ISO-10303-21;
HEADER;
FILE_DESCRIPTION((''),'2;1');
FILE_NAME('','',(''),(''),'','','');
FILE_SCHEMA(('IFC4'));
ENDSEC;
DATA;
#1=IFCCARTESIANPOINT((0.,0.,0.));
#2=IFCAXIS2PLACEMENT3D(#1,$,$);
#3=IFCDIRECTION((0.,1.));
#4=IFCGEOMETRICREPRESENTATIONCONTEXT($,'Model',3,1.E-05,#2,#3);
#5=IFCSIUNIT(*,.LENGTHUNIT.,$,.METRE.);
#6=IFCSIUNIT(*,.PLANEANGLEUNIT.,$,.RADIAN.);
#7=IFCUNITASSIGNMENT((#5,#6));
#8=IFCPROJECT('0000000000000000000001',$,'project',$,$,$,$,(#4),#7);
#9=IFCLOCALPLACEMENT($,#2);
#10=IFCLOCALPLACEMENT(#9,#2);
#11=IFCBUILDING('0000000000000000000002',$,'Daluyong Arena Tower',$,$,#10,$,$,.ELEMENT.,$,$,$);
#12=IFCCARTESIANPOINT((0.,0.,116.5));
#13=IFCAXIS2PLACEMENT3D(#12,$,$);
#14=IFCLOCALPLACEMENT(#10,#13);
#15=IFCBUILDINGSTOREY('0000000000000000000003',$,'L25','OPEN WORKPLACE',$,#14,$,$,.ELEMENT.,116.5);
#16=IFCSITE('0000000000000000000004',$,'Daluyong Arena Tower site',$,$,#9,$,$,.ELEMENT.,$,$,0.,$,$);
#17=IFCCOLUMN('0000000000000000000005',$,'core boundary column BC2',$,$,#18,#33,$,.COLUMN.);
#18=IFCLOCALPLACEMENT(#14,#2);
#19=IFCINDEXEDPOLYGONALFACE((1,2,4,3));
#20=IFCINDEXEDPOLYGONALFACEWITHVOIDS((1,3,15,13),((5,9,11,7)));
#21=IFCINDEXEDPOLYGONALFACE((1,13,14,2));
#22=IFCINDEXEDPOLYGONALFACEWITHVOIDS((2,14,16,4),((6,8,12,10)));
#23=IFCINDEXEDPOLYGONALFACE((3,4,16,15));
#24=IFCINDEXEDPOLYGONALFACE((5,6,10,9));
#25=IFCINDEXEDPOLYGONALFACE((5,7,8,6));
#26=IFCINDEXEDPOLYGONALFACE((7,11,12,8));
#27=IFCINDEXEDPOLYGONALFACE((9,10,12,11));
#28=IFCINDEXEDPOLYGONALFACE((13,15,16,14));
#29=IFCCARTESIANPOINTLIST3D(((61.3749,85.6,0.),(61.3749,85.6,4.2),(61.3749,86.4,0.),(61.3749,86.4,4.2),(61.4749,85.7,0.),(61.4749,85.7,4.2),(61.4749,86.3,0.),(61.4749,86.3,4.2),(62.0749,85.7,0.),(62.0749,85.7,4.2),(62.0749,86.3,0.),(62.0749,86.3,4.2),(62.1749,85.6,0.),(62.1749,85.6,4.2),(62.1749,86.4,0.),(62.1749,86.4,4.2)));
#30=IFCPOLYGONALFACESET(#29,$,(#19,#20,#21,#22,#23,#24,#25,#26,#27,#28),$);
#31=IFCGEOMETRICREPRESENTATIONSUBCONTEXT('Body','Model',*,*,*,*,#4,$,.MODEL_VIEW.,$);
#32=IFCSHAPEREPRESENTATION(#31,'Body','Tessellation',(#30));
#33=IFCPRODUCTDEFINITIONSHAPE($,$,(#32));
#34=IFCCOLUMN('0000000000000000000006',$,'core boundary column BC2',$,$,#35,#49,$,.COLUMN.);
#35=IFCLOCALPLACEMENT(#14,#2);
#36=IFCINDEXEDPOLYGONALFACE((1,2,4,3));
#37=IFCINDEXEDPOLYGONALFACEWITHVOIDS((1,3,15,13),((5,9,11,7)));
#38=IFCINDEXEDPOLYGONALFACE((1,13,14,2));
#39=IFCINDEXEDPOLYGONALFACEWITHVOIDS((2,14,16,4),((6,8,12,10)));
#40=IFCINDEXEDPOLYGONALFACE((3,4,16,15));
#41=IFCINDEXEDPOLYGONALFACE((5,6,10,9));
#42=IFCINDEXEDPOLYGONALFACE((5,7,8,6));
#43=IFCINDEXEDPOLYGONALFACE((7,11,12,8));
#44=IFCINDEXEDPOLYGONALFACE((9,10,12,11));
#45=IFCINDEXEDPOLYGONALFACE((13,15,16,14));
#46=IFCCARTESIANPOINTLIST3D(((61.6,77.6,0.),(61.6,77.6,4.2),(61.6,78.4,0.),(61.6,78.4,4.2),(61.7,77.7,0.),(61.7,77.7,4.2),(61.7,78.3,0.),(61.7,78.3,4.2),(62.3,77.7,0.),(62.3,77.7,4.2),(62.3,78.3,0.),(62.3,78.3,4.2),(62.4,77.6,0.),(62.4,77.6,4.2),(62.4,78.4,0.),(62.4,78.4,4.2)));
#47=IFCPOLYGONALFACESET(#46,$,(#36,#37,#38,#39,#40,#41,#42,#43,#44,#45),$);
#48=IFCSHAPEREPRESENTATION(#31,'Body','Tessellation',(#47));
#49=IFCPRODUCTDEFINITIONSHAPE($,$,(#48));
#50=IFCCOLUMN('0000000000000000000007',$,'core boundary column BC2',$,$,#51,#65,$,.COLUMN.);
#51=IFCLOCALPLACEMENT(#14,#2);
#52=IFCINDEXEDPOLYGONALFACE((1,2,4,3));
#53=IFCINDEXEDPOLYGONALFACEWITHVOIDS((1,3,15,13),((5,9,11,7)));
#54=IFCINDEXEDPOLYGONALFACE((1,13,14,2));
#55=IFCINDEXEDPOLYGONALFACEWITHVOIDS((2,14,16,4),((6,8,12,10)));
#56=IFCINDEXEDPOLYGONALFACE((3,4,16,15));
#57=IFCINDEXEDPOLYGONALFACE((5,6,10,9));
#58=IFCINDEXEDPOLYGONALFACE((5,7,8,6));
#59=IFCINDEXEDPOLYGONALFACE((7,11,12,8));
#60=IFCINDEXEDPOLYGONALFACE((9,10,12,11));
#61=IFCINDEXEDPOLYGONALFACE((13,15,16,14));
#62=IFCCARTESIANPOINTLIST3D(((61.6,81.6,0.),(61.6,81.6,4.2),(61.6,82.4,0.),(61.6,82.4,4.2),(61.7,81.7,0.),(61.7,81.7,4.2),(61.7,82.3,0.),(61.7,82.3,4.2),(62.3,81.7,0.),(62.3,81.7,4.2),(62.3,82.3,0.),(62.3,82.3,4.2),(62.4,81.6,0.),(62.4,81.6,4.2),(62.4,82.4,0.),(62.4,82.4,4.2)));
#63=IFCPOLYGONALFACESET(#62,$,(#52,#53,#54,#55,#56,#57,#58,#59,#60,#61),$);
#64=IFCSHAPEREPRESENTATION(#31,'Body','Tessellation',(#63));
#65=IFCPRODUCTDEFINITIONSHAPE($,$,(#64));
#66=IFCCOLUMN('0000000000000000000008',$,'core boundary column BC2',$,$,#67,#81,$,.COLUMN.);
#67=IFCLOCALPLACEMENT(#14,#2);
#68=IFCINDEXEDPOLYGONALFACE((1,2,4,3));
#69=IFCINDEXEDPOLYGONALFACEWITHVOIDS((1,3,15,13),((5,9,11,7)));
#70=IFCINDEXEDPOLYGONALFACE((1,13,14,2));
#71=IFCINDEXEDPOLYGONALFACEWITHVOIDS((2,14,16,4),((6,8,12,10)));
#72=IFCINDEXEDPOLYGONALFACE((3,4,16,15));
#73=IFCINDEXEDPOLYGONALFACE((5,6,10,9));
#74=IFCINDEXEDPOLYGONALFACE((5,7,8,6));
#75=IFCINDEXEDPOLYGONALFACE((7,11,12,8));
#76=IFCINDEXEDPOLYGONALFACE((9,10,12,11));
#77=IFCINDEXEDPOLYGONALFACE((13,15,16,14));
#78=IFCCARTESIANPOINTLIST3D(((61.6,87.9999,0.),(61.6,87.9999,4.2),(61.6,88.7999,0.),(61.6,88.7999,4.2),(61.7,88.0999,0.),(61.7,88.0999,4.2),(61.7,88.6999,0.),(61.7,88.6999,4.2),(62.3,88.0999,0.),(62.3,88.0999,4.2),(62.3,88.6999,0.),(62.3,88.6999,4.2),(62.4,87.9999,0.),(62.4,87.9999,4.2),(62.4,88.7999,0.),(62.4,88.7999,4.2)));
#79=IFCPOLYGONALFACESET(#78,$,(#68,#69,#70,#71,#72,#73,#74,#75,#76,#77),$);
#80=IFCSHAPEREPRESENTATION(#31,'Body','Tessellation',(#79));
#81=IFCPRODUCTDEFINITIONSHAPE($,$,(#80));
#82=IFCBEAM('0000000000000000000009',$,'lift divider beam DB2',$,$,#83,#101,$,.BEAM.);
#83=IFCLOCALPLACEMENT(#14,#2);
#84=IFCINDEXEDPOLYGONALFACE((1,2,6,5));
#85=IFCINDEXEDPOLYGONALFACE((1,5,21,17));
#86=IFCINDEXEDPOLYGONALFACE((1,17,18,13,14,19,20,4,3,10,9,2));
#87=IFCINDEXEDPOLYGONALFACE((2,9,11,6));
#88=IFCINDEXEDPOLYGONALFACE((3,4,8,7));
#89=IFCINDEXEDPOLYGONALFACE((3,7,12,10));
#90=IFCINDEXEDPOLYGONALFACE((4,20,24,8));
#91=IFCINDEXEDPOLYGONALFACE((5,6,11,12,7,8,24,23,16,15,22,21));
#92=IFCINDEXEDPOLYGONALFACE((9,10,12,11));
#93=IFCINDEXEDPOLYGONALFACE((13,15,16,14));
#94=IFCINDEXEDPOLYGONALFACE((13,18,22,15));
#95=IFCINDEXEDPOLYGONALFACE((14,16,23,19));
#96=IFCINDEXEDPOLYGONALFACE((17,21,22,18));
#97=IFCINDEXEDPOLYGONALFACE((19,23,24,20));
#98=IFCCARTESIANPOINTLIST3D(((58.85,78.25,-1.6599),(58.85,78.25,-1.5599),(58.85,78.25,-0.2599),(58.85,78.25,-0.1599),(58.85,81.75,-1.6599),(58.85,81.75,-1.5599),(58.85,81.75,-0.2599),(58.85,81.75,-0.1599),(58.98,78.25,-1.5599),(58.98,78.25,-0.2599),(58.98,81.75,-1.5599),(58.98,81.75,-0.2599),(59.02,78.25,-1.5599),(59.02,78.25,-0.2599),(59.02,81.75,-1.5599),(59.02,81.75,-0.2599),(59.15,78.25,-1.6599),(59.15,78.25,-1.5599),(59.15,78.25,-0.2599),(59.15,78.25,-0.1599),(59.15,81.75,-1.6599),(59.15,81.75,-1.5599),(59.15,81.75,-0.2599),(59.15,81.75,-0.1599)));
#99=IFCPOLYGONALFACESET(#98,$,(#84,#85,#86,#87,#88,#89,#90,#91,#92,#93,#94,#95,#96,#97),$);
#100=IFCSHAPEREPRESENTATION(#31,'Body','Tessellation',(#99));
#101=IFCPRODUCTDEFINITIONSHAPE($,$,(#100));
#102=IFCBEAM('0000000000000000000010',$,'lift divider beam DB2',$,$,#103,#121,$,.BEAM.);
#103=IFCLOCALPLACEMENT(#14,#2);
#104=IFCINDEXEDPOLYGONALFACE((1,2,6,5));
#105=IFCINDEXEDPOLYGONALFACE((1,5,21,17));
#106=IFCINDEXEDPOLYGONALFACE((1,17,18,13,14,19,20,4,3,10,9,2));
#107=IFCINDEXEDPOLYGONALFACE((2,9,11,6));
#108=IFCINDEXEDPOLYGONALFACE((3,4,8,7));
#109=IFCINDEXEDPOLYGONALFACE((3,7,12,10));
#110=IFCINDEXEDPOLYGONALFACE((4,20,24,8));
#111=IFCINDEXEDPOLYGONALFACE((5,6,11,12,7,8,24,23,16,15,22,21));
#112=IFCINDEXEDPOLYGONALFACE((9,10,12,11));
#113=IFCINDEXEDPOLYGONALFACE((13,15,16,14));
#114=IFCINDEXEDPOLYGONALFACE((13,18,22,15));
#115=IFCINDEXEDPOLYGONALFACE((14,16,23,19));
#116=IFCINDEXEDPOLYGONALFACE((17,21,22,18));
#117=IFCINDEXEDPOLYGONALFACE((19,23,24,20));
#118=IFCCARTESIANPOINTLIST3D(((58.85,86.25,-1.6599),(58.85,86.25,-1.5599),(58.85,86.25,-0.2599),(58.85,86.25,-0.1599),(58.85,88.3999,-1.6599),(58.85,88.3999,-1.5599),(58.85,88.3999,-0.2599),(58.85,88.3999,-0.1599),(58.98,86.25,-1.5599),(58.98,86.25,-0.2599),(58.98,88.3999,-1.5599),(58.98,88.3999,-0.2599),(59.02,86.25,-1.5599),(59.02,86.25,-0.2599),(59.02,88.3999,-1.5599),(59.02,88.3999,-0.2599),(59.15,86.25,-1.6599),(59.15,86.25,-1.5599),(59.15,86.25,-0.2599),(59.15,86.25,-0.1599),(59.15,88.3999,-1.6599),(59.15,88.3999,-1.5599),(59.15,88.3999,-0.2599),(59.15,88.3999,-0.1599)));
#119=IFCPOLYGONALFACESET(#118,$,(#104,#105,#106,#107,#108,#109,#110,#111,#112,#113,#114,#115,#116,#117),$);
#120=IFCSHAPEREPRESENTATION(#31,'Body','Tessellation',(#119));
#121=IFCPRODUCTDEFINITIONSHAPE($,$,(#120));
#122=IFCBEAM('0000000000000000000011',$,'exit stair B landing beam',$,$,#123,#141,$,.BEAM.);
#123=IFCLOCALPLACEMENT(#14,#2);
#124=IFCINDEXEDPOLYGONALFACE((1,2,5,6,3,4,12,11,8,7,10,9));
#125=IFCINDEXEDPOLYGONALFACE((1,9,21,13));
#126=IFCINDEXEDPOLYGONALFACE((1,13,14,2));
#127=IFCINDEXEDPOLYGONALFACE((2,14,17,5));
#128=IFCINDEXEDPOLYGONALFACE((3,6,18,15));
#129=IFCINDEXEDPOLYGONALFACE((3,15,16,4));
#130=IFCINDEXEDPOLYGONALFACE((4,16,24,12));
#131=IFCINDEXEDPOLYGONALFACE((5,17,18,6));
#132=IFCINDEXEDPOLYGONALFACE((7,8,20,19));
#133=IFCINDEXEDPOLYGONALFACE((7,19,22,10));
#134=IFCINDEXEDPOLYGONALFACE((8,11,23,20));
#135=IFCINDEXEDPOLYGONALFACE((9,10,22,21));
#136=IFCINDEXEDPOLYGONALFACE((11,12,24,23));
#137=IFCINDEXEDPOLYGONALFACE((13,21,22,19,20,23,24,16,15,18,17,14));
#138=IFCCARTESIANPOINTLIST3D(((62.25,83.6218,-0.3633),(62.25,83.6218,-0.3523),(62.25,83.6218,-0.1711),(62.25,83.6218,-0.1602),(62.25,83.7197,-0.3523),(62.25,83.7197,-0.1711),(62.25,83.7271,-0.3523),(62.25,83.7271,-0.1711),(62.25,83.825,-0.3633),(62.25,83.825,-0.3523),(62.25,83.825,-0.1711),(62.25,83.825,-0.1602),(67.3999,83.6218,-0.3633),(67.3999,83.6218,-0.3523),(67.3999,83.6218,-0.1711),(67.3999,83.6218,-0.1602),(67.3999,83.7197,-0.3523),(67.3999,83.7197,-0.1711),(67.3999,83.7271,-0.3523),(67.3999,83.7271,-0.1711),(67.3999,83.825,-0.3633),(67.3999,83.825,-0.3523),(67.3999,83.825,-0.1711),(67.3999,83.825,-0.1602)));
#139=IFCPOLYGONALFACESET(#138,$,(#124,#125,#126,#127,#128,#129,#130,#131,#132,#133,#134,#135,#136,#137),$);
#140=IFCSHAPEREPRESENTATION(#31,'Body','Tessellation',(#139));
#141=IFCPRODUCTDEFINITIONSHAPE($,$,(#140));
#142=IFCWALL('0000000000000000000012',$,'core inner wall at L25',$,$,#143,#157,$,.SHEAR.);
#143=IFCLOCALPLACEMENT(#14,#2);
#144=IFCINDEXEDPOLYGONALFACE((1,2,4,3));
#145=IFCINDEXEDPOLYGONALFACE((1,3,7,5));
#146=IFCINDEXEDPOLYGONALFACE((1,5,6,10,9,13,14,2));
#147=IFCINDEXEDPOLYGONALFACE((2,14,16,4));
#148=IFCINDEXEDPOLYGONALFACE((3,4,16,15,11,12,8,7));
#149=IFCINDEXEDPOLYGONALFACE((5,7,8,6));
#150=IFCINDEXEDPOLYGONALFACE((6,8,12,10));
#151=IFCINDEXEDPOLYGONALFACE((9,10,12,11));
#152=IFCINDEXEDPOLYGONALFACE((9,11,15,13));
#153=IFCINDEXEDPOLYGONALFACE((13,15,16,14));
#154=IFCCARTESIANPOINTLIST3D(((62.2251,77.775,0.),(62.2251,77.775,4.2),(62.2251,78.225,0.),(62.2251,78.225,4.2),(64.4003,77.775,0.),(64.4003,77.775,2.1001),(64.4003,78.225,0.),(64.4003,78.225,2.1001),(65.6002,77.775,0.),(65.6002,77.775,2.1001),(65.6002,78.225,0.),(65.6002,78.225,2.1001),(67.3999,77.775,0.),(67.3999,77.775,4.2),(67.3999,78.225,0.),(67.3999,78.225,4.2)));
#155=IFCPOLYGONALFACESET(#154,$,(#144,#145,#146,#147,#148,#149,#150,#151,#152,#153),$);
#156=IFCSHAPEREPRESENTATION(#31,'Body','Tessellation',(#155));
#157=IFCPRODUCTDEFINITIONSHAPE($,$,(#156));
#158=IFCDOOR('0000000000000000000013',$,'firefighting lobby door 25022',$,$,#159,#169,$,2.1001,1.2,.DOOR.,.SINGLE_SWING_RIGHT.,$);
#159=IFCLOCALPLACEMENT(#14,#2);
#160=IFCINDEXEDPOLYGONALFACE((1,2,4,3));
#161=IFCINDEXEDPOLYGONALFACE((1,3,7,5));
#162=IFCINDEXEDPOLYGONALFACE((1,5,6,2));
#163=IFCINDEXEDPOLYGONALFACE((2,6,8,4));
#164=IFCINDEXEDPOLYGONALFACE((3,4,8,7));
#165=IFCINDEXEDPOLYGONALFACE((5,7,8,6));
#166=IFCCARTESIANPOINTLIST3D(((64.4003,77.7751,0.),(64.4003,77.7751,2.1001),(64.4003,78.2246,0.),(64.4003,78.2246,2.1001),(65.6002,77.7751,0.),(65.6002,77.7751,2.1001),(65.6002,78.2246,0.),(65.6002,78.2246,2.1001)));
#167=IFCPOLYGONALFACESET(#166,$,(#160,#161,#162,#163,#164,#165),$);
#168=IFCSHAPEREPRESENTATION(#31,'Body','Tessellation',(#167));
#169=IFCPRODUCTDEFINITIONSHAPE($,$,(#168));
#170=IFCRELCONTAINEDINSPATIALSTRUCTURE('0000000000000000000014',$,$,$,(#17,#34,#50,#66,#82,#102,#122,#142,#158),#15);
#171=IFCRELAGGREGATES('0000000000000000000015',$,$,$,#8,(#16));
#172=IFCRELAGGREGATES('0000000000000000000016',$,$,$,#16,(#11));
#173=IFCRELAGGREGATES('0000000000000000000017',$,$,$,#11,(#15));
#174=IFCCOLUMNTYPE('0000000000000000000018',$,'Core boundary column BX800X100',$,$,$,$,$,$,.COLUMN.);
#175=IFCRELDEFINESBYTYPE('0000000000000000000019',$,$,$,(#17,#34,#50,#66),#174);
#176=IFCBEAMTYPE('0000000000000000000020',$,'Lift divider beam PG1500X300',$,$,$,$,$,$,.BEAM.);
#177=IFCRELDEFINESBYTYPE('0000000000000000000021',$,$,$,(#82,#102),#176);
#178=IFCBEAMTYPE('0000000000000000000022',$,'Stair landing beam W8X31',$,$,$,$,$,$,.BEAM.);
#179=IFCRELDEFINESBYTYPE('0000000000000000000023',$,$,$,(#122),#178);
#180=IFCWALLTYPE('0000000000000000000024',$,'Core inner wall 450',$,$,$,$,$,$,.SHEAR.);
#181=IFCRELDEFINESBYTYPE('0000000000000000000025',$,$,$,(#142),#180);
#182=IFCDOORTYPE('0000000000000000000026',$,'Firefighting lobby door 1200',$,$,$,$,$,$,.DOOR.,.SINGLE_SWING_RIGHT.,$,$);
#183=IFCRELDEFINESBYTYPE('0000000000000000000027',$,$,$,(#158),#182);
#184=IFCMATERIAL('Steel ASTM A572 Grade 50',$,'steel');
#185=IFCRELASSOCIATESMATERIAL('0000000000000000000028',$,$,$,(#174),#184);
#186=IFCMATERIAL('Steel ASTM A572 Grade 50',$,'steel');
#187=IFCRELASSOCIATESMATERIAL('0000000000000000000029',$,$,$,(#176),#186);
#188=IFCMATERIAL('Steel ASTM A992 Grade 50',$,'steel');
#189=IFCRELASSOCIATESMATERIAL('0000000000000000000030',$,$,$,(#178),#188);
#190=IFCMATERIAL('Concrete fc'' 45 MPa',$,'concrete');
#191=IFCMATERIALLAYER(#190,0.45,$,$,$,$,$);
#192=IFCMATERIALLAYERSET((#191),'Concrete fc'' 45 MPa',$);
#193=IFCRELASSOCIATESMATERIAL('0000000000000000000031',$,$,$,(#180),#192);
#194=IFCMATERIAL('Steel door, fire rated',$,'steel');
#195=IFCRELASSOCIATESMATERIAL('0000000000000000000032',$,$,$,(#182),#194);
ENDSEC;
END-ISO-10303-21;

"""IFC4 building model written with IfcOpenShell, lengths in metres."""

from ifc_helpers import new_model, si_unit, direction, frame, frame_2d, origin, origin_2d, place, context, subcontext, project, spatial, rectangle, hollow_rectangle, i_section, extrude, material, layer, layer_set, material_profile, profile_set, type_object, element, fill, save


model = new_model("IFC4")

# Units and contexts
model_context = context("Model", 3, precision=1e-05, world=origin(), true_north=direction((0.0, 1.0)))
body_context = subcontext(model_context, "Body", "Model", "MODEL_VIEW")
ifc_project = project(units=[si_unit("LENGTHUNIT", "METRE"), si_unit("PLANEANGLEUNIT", "RADIAN")], contexts=[model_context])

# Site, building, storey
site_placement = place(None, origin())
site = spatial("IfcSite", under=ifc_project, at=site_placement, Name="Daluyong Arena Tower site", CompositionType="ELEMENT", RefElevation=0.0)
building_placement = place(site_placement, origin())
building = spatial("IfcBuilding", under=site, at=building_placement, Name="Daluyong Arena Tower", CompositionType="ELEMENT")
storey_placement = place(building_placement, frame((0.0, 0.0, 116.5)))
storey = spatial("IfcBuildingStorey", under=building, at=storey_placement, Name="L25", Description="OPEN WORKPLACE", CompositionType="ELEMENT", Elevation=116.5)

# Columns
ifc_material_1 = material(Name="Steel ASTM A572 Grade 50", Category="steel")
ifc_material_profile_1 = material_profile(ifc_material_1, hollow_rectangle(XDim=0.8, YDim=0.8, WallThickness=0.1, at=origin_2d()))
ifc_profile_set_1 = profile_set([ifc_material_profile_1], Name="Steel ASTM A572 Grade 50")
column_type = type_object("IfcColumnType", Name="Core boundary column BX800X100", PredefinedType="COLUMN", material=ifc_profile_set_1)
for number, where, z_axis, x_axis, name in (
    (1, (61.7749, 86.0, 0.0), (0.0, 0.0, 1.0), (1.0, 0.0, 0.0), "core boundary column BC2"),
    (2, (62.0, 78.0, 0.0), (0.0, 0.0, 1.0), (1.0, 0.0, 0.0), "core boundary column BC2"),
    (3, (62.0, 82.0, 0.0), (0.0, 0.0, 1.0), (1.0, 0.0, 0.0), "core boundary column BC2"),
    (4, (62.0, 88.3999, 0.0), (0.0, 0.0, 1.0), (1.0, 0.0, 0.0), "core boundary column BC2"),
):
    element("IfcColumn", number, at=place(storey_placement, frame(where, z_axis=z_axis, x_axis=x_axis)), inside=storey, type_object=column_type, Name=name, PredefinedType="COLUMN", context=body_context, shape_type="SweptSolid", body=[
        extrude(hollow_rectangle(XDim=0.8, YDim=0.8, WallThickness=0.1, at=origin_2d()), origin(), (0.0, 0.0, 1.0), 4.2),
    ])

# Beams
ifc_material_2 = material(Name="Steel ASTM A572 Grade 50", Category="steel")
ifc_material_profile_2 = material_profile(ifc_material_2, i_section(OverallWidth=0.3, OverallDepth=1.5, WebThickness=0.04, FlangeThickness=0.1, at=origin_2d()))
ifc_profile_set_2 = profile_set([ifc_material_profile_2], Name="Steel ASTM A572 Grade 50")
beam_type_1 = type_object("IfcBeamType", Name="Lift divider beam PG1500X300", PredefinedType="BEAM", material=ifc_profile_set_2)
beam_1_placement = place(storey_placement, frame((59.0, 78.25, -0.9099), z_axis=(0.0, 1.0, 0.0), x_axis=(-1.0, 0.0, 0.0)))
element("IfcBeam", 5, at=beam_1_placement, inside=storey, type_object=beam_type_1, Name="lift divider beam DB2", PredefinedType="BEAM", context=body_context, shape_type="SweptSolid", body=[
    extrude(i_section(OverallWidth=0.3, OverallDepth=1.5, WebThickness=0.04, FlangeThickness=0.1, at=origin_2d()), origin(), (0.0, 0.0, 1.0), 3.5),
])
beam_2_placement = place(storey_placement, frame((59.0, 86.25, -0.9099), z_axis=(0.0, 1.0, 0.0), x_axis=(-1.0, 0.0, 0.0)))
element("IfcBeam", 6, at=beam_2_placement, inside=storey, type_object=beam_type_1, Name="lift divider beam DB2", PredefinedType="BEAM", context=body_context, shape_type="SweptSolid", body=[
    extrude(i_section(OverallWidth=0.3, OverallDepth=1.5, WebThickness=0.04, FlangeThickness=0.1, at=origin_2d()), origin(), (0.0, 0.0, 1.0), 2.1499),
])
ifc_material_3 = material(Name="Steel ASTM A992 Grade 50", Category="steel")
ifc_material_profile_3 = material_profile(ifc_material_3, i_section(OverallWidth=0.2031, OverallDepth=0.2031, WebThickness=0.0073, FlangeThickness=0.011, at=origin_2d()))
ifc_profile_set_3 = profile_set([ifc_material_profile_3], Name="Steel ASTM A992 Grade 50")
beam_type_2 = type_object("IfcBeamType", Name="Stair landing beam W8X31", PredefinedType="BEAM", material=ifc_profile_set_3)
beam_3_placement = place(storey_placement, frame((62.25, 83.7234, -0.2617), z_axis=(1.0, 0.0, 0.0), x_axis=(0.0, 1.0, 0.0)))
element("IfcBeam", 7, at=beam_3_placement, inside=storey, type_object=beam_type_2, Name="exit stair B landing beam", PredefinedType="BEAM", context=body_context, shape_type="SweptSolid", body=[
    extrude(i_section(OverallWidth=0.2031, OverallDepth=0.2031, WebThickness=0.0073, FlangeThickness=0.011, at=origin_2d()), origin(), (0.0, 0.0, 1.0), 5.1499),
])

# Wall, opening, door
ifc_material_4 = material(Name="Concrete fc' 45 MPa", Category="concrete")
ifc_layer_1 = layer(ifc_material_4, 0.45)
ifc_layer_set_1 = layer_set([ifc_layer_1], Name="Concrete fc' 45 MPa")
wall_type_1 = type_object("IfcWallType", Name="Core inner wall 450", PredefinedType="SHEAR", material=ifc_layer_set_1)
wall_1_placement = place(storey_placement, frame((62.2251, 78.0, 0.0), z_axis=(0.0, 0.0, 1.0), x_axis=(1.0, 0.0, 0.0)))
wall_1 = element("IfcWall", 8, at=wall_1_placement, inside=storey, type_object=wall_type_1, Name="core inner wall at L25", PredefinedType="SHEAR", context=body_context, shape_type="SweptSolid", body=[
    extrude(rectangle(XDim=5.1748, YDim=0.45, at=frame_2d((2.5874, 0.0))), origin(), (0.0, 0.0, 1.0), 4.2),
])
opening_1_placement = place(wall_1_placement, frame((2.175, 0.0, 0.0)))
opening_1 = element("IfcOpeningElement", 9, at=opening_1_placement, cuts=wall_1, PredefinedType="OPENING", context=body_context, shape_type="SweptSolid", body=[
    extrude(rectangle(XDim=1.2, YDim=2.1001, at=frame_2d((0.6001, 1.05))), frame((0.0, 0.2349, 0.0), z_axis=(0.0, -1.0, 0.0), x_axis=(1.0, 0.0, 0.0)), (0.0, 0.0, 1.0), 0.47),
])
ifc_material_5 = material(Name="Steel door, fire rated", Category="steel")
door_type_1 = type_object("IfcDoorType", Name="Firefighting lobby door 1200", OperationType="SINGLE_SWING_RIGHT", PredefinedType="DOOR", material=ifc_material_5)
door_1_placement = place(opening_1_placement, origin())
door_1 = element("IfcDoor", 10, at=door_1_placement, inside=storey, type_object=door_type_1, Name="firefighting lobby door 25022", OperationType="SINGLE_SWING_RIGHT", OverallHeight=2.1001, OverallWidth=1.2, PredefinedType="DOOR", context=body_context, shape_type="SweptSolid", body=[
    extrude(rectangle(XDim=1.2, YDim=2.1001, at=frame_2d((0.6001, 1.05))), frame((0.0, 0.2246, 0.0), z_axis=(0.0, -1.0, 0.0), x_axis=(1.0, 0.0, 0.0)), (0.0, 0.0, 1.0), 0.4495),
])
fill(opening_1, door_1)

save(model, "model.ifc")
